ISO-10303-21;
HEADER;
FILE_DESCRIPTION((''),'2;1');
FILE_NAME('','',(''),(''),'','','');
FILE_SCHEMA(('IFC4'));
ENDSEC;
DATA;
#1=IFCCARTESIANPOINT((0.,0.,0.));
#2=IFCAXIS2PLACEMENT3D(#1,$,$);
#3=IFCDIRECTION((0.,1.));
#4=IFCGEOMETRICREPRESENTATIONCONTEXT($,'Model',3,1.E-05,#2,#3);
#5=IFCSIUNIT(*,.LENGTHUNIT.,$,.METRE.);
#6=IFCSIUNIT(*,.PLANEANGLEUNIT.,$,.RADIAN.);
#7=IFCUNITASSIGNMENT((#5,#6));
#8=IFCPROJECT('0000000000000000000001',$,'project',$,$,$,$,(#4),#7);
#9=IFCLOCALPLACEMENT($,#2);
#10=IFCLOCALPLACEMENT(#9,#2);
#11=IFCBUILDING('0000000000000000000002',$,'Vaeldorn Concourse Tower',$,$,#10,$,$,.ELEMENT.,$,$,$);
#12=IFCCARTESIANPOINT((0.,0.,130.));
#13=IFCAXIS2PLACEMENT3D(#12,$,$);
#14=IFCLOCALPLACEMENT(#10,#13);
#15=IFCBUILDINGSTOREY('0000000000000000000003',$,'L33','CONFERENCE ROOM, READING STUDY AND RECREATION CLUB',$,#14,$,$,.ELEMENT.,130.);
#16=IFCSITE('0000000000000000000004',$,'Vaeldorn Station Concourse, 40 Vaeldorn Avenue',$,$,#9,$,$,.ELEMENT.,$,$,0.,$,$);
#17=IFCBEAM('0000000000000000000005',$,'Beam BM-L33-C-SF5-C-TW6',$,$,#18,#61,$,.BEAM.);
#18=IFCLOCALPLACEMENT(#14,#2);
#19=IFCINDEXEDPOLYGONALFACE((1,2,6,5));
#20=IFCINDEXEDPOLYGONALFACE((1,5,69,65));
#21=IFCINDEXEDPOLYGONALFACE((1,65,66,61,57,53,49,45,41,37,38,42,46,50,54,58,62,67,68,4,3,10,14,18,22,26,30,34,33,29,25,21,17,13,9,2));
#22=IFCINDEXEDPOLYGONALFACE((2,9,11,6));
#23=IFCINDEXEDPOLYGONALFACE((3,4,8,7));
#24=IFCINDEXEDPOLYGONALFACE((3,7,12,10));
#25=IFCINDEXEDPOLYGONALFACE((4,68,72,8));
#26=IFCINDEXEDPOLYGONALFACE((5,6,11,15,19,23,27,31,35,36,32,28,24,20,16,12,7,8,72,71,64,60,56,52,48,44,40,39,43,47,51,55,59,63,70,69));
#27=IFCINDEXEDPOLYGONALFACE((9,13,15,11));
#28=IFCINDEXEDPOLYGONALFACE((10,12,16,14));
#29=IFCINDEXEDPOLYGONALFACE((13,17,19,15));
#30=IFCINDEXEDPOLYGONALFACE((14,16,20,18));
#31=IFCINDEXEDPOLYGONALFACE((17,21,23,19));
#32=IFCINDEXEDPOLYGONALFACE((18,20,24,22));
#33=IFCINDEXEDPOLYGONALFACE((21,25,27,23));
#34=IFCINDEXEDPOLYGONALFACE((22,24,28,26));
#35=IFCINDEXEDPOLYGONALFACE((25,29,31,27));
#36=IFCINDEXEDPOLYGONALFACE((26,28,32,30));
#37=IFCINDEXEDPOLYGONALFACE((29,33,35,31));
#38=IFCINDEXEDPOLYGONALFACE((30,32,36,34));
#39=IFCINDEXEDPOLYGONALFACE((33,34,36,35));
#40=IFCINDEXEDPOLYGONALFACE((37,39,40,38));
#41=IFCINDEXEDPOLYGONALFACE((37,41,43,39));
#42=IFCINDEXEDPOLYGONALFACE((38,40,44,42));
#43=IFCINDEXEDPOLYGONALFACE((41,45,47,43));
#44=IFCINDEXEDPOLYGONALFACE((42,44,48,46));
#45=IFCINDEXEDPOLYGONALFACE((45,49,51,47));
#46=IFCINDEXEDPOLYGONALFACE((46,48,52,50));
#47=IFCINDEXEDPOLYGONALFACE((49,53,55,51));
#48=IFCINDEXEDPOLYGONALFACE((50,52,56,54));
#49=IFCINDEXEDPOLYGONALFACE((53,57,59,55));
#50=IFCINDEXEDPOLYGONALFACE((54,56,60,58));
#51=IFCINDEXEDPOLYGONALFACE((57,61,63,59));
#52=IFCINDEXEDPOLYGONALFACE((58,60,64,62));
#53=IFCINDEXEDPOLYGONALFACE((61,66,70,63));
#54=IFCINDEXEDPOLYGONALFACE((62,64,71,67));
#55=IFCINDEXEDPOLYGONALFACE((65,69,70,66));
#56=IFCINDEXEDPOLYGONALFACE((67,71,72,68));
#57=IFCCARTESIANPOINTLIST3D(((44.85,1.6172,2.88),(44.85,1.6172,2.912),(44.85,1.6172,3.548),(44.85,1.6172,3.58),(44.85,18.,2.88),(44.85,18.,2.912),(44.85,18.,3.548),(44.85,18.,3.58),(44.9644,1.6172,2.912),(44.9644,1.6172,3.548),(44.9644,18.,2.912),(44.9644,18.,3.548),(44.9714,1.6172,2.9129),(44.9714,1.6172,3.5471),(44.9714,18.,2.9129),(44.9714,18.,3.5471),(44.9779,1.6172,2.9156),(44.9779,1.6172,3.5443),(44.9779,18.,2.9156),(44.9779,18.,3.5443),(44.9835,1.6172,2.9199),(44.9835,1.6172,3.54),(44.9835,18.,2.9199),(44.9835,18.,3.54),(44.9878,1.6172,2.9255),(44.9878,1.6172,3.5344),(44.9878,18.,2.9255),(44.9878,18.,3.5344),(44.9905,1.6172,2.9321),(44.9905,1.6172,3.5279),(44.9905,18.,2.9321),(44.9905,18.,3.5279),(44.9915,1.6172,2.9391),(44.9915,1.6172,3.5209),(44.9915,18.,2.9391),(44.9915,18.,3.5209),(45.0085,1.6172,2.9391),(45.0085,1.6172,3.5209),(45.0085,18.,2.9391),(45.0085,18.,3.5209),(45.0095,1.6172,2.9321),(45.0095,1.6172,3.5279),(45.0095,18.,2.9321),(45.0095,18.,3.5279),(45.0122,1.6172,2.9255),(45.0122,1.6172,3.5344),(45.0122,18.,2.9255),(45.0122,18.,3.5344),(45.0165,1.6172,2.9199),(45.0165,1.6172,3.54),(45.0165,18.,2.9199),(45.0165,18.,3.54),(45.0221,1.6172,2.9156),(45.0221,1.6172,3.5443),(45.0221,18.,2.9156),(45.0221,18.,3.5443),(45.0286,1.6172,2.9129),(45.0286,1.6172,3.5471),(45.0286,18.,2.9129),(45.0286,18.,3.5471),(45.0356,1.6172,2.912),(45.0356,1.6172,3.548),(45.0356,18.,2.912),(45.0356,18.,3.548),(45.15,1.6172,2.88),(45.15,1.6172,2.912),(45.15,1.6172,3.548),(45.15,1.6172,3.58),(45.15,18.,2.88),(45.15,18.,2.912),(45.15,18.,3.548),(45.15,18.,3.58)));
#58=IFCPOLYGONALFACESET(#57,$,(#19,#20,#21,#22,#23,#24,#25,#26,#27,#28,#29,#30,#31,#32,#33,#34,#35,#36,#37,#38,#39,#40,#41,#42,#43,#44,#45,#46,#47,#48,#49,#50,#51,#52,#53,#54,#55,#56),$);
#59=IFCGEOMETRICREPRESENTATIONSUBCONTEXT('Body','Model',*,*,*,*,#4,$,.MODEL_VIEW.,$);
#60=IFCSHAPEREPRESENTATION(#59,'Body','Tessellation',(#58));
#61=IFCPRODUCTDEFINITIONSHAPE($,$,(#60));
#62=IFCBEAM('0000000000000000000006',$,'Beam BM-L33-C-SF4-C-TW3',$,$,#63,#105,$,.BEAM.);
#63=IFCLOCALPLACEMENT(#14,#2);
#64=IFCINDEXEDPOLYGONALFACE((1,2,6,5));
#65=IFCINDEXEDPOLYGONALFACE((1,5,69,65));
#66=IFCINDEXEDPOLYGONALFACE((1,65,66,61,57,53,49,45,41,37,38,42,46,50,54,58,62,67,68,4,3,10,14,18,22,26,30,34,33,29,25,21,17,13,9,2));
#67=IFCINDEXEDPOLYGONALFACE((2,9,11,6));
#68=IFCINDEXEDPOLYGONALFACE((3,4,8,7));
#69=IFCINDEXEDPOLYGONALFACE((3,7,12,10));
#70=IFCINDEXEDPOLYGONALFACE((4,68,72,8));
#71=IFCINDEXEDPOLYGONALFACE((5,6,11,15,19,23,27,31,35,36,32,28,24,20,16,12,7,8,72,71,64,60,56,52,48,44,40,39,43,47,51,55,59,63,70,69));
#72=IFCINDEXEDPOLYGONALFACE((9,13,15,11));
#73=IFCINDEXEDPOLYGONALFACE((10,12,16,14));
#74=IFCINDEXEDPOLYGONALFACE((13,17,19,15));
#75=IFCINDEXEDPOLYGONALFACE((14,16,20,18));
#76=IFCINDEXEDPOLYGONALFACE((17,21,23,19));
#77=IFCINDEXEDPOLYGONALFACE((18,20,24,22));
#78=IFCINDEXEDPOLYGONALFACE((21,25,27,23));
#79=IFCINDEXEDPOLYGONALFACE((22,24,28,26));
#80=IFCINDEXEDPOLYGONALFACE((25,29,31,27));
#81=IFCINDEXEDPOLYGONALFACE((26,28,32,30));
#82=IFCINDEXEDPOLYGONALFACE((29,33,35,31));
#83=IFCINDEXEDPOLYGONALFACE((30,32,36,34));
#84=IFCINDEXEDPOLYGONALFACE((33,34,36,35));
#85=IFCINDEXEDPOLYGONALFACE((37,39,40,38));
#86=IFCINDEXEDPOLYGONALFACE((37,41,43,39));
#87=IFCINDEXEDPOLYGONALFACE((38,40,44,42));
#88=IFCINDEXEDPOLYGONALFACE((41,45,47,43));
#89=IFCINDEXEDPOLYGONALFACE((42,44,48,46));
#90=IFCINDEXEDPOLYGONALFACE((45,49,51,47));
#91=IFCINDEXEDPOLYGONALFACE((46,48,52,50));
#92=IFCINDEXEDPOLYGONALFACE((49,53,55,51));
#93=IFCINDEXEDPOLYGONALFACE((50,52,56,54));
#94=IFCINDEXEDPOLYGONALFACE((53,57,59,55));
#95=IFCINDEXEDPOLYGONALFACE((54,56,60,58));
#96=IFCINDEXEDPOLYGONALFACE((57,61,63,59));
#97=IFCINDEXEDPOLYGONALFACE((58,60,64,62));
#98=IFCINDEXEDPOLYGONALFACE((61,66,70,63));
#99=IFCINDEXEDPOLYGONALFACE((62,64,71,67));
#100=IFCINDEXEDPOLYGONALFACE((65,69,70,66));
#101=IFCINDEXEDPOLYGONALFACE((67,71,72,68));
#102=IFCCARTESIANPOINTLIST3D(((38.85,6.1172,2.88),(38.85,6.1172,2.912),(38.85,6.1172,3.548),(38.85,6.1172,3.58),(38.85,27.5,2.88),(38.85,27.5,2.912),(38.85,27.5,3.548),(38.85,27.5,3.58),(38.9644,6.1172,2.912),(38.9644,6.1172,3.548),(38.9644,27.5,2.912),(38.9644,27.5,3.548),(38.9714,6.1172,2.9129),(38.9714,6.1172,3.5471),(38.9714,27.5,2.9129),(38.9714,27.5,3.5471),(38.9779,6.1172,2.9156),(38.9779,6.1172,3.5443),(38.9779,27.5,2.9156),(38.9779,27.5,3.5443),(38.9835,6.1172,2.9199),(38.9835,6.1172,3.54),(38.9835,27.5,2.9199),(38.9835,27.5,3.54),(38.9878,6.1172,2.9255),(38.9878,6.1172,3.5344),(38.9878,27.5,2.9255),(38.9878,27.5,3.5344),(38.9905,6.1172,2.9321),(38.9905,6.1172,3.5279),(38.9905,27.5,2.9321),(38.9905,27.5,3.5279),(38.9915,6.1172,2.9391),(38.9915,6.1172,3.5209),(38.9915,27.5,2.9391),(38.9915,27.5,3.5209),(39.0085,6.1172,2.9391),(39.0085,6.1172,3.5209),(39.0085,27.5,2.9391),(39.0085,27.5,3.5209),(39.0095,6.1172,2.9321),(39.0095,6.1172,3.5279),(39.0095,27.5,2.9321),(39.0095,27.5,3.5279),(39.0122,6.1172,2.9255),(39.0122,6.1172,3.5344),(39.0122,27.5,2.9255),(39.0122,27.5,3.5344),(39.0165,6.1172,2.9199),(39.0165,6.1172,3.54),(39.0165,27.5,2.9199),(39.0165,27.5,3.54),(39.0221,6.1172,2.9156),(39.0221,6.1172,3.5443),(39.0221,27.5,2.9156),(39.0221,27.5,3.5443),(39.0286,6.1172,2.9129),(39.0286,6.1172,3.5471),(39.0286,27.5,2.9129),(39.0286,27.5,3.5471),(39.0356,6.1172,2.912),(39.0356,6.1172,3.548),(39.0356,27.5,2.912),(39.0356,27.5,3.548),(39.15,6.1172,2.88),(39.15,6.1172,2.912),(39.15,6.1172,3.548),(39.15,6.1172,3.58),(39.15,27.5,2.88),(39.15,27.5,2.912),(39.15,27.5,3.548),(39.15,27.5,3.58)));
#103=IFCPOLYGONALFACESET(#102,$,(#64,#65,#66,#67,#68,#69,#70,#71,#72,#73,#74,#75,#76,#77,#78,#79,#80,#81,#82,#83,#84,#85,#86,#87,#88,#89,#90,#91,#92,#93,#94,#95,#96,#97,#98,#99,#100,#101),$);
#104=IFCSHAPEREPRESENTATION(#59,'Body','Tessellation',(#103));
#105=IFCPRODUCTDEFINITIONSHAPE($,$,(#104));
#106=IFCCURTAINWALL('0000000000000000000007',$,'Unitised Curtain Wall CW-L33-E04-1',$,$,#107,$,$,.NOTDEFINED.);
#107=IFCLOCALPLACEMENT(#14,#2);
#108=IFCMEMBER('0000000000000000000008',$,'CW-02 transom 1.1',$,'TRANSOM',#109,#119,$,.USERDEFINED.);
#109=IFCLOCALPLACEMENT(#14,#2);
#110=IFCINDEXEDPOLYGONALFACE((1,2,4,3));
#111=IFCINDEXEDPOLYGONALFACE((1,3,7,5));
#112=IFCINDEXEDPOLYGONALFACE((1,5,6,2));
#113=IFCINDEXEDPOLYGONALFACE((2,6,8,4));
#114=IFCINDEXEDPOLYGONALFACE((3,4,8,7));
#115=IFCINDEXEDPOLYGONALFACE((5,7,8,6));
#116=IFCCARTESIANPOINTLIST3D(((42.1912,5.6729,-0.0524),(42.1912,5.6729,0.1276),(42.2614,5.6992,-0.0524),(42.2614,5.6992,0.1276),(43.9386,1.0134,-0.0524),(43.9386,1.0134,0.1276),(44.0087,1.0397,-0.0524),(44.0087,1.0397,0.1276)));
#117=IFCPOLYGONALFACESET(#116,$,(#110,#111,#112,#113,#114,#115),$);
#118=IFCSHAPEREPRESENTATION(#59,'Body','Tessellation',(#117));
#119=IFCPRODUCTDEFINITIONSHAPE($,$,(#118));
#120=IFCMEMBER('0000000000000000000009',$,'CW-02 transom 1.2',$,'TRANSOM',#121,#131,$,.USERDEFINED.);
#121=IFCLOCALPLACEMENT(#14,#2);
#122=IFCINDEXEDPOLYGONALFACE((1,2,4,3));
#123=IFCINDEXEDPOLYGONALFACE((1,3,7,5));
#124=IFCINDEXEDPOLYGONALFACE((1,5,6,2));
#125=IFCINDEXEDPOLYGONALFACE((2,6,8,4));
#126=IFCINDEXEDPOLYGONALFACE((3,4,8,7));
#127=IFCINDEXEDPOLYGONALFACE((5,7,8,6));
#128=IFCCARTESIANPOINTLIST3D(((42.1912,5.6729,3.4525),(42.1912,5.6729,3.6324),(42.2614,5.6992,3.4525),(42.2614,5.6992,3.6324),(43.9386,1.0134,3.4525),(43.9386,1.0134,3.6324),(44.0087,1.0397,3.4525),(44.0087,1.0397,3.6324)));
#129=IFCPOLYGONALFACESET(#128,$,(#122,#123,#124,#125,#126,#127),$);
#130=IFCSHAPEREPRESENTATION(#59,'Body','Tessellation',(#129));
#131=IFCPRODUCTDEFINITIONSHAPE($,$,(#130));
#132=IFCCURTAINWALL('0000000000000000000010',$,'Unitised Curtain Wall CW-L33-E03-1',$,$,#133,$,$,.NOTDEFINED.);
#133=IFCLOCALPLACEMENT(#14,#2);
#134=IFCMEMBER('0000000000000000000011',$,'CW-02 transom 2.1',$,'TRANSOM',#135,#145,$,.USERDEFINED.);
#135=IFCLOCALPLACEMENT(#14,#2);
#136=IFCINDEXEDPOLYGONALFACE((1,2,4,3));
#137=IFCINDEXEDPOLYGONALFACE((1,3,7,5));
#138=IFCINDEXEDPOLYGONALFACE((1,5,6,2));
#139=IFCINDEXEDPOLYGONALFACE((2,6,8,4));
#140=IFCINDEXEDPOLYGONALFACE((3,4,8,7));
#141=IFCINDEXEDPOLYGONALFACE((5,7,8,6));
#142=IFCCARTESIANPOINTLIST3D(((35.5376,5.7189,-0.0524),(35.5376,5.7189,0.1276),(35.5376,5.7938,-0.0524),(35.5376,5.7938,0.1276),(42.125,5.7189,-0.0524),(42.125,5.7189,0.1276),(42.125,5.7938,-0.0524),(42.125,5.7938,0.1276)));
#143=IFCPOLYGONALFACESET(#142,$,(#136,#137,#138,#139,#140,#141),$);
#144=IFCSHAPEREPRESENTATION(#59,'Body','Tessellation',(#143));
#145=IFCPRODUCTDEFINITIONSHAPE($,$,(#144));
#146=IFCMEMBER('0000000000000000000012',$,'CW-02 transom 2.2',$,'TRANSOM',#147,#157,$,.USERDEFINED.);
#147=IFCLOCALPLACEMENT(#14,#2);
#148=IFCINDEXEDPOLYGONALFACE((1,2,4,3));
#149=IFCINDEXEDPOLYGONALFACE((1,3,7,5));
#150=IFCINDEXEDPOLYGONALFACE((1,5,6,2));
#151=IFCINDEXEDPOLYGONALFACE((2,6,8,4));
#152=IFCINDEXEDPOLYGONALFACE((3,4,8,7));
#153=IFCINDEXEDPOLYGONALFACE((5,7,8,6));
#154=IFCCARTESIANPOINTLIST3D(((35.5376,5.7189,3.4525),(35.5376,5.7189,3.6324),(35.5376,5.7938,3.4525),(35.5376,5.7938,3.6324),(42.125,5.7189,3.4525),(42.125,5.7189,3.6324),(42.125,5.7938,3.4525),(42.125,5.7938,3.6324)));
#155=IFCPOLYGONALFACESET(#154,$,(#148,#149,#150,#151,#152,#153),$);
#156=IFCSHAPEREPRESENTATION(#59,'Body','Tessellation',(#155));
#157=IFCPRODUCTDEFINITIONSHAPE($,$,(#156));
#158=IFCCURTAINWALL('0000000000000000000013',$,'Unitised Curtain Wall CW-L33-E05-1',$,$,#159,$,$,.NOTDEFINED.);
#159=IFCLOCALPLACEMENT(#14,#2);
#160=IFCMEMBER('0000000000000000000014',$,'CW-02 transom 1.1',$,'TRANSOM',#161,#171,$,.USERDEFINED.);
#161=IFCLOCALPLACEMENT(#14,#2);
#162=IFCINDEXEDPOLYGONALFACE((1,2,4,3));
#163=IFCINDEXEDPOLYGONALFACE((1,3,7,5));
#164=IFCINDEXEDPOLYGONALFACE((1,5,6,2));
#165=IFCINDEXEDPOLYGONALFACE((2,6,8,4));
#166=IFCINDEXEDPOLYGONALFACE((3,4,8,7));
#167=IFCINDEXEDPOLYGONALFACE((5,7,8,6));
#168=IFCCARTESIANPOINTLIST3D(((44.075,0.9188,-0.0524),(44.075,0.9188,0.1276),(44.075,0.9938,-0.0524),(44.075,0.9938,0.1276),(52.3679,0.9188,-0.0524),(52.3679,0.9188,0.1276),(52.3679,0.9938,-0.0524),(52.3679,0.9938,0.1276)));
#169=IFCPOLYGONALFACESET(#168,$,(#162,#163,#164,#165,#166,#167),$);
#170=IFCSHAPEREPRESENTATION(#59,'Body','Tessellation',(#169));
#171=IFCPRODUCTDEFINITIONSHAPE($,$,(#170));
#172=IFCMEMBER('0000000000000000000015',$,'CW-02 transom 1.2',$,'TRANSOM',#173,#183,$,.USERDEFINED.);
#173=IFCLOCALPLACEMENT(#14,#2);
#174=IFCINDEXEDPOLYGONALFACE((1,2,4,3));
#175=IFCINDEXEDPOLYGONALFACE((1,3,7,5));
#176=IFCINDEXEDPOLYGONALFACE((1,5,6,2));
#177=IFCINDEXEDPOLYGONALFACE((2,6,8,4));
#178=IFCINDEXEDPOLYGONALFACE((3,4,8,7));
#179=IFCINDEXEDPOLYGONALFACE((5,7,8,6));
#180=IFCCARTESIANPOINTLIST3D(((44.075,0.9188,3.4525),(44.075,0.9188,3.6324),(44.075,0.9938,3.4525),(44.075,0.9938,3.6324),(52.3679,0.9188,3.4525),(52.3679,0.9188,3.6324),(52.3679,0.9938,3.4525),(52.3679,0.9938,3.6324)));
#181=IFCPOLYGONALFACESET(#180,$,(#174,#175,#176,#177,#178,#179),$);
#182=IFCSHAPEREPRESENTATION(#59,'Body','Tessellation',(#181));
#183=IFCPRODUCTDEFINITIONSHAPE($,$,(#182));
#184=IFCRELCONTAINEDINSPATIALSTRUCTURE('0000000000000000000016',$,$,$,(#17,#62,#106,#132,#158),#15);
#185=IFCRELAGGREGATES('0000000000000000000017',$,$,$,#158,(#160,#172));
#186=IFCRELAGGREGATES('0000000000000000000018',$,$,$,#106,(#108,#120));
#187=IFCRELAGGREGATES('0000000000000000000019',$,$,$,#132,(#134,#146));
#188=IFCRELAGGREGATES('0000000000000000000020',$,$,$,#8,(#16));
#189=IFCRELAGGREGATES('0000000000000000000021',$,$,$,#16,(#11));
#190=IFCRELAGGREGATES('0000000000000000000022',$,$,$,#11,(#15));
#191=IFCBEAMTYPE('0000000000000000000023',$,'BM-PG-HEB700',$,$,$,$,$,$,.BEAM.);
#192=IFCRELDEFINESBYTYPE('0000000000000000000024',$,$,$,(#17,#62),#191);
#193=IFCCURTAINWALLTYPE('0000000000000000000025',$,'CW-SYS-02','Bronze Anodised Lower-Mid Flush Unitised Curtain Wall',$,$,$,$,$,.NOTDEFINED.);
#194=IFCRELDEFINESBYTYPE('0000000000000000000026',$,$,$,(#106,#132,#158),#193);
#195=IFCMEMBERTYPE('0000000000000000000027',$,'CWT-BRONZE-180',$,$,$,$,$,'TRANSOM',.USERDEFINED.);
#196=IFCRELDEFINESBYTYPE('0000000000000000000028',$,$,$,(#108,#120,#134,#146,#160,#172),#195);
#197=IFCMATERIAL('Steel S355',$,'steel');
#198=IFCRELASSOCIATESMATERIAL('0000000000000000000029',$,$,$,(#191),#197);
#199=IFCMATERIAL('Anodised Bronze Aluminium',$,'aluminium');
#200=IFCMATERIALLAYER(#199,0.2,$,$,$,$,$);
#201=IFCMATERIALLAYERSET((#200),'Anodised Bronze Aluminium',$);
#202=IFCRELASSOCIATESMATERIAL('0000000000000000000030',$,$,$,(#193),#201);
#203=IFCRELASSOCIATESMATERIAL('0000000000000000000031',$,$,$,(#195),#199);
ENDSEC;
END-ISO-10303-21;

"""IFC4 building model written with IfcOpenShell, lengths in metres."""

from ifc_helpers import new_model, si_unit, direction, frame, origin, origin_2d, place, context, subcontext, project, spatial, rectangle, i_section, extrude, source, transform, mapped, material, layer, layer_set, material_profile, profile_set, type_object, element, aggregate, save


model = new_model("IFC4")

# Units and contexts
model_context = context("Model", 3, precision=1e-05, world=origin(), true_north=direction((0.0, 1.0)))
body_context = subcontext(model_context, "Body", "Model", "MODEL_VIEW")
ifc_project = project(units=[si_unit("LENGTHUNIT", "METRE"), si_unit("PLANEANGLEUNIT", "RADIAN")], contexts=[model_context])

# Site, building, storey
site_placement = place(None, origin())
site = spatial("IfcSite", under=ifc_project, at=site_placement, Name="Vaeldorn Station Concourse, 40 Vaeldorn Avenue", CompositionType="ELEMENT", RefElevation=0.0)
building_placement = place(site_placement, origin())
building = spatial("IfcBuilding", under=site, at=building_placement, Name="Vaeldorn Concourse Tower", CompositionType="ELEMENT")
storey_placement = place(building_placement, frame((0.0, 0.0, 130.0)))
storey = spatial("IfcBuildingStorey", under=building, at=storey_placement, Name="L33", Description="CONFERENCE ROOM, READING STUDY AND RECREATION CLUB", CompositionType="ELEMENT", Elevation=130.0)

# Beams
ifc_material_1 = material(Name="Steel S355", Category="steel")
ifc_material_profile_1 = material_profile(ifc_material_1, i_section(OverallWidth=0.3, OverallDepth=0.7, WebThickness=0.0171, FlangeThickness=0.032, FilletRadius=0.0271, at=origin_2d()), Name="HEB 700")
ifc_profile_set_1 = profile_set([ifc_material_profile_1], Name="Steel S355")
beam_type_1 = type_object("IfcBeamType", Name="BM-PG-HEB700", PredefinedType="BEAM", material=ifc_profile_set_1)
shared_shape_1 = source(origin(), body_context, "Body", "SweptSolid", [
    extrude(i_section(OverallWidth=0.3, OverallDepth=0.7, WebThickness=0.0171, FlangeThickness=0.032, FilletRadius=0.0271, at=origin_2d()), origin(), (0.0, 0.0, 1.0), 16.3828),
])
beam_1_placement = place(storey_placement, frame((45.0, 1.6172, 3.23), z_axis=(0.0, 1.0, 0.0), x_axis=(-1.0, 0.0, 0.0)))
element("IfcBeam", 1, at=beam_1_placement, inside=storey, type_object=beam_type_1, Name="Beam BM-L33-C-SF5-C-TW6", PredefinedType="BEAM", context=body_context, shape_type="MappedRepresentation", body=[
    mapped(shared_shape_1, transform((0.0, 0.0, 0.0), scale=1.0)),
])
shared_shape_2 = source(origin(), body_context, "Body", "SweptSolid", [
    extrude(i_section(OverallWidth=0.3, OverallDepth=0.7, WebThickness=0.0171, FlangeThickness=0.032, FilletRadius=0.0271, at=origin_2d()), origin(), (0.0, 0.0, 1.0), 21.3828),
])
beam_2_placement = place(storey_placement, frame((39.0, 6.1172, 3.23), z_axis=(0.0, 1.0, 0.0), x_axis=(-1.0, 0.0, 0.0)))
element("IfcBeam", 2, at=beam_2_placement, inside=storey, type_object=beam_type_1, Name="Beam BM-L33-C-SF4-C-TW3", PredefinedType="BEAM", context=body_context, shape_type="MappedRepresentation", body=[
    mapped(shared_shape_2, transform((0.0, 0.0, 0.0), scale=1.0)),
])

# Curtain walls, members
ifc_material_2 = material(Name="Anodised Bronze Aluminium", Category="aluminium")
ifc_layer_1 = layer(ifc_material_2, 0.2)
ifc_layer_set_1 = layer_set([ifc_layer_1], Name="Anodised Bronze Aluminium")
curtain_wall_type = type_object("IfcCurtainWallType", Name="CW-SYS-02", Description="Bronze Anodised Lower-Mid Flush Unitised Curtain Wall", PredefinedType="NOTDEFINED", material=ifc_layer_set_1)
curtain_wall_1_placement = place(storey_placement, origin())
curtain_wall_1 = element("IfcCurtainWall", 3, at=curtain_wall_1_placement, inside=storey, type_object=curtain_wall_type, Name="Unitised Curtain Wall CW-L33-E04-1", PredefinedType="NOTDEFINED")
ifc_material_profile_2 = material_profile(ifc_material_2, rectangle(XDim=0.075, YDim=0.1799, at=origin_2d()), Name="CWT 75x180")
ifc_profile_set_2 = profile_set([ifc_material_profile_2], Name="Anodised Bronze Aluminium")
member_type_1 = type_object("IfcMemberType", Name="CWT-BRONZE-180", ElementType="TRANSOM", PredefinedType="USERDEFINED", material=ifc_profile_set_2)
shared_shape_3 = source(origin(), body_context, "Body", "SweptSolid", [
    extrude(rectangle(XDim=0.075, YDim=0.1799, at=origin_2d()), origin(), (0.0, 0.0, 1.0), 4.9763),
])
member_1_placement = place(storey_placement, frame((42.2263, 5.686, 0.0376), z_axis=(0.351129, -0.936327, 0.0), x_axis=(0.936327, 0.351129, 0.0)))
member_1 = element("IfcMember", 4, at=member_1_placement, type_object=member_type_1, Name="CW-02 transom 1.1", ObjectType="TRANSOM", PredefinedType="USERDEFINED", context=body_context, shape_type="MappedRepresentation", body=[
    mapped(shared_shape_3, transform((0.0, 0.0, 0.0), scale=1.0)),
])
member_2_placement = place(storey_placement, frame((42.2263, 5.686, 3.5425), z_axis=(0.351129, -0.936327, 0.0), x_axis=(0.936327, 0.351129, 0.0)))
member_2 = element("IfcMember", 5, at=member_2_placement, type_object=member_type_1, Name="CW-02 transom 1.2", ObjectType="TRANSOM", PredefinedType="USERDEFINED", context=body_context, shape_type="MappedRepresentation", body=[
    mapped(shared_shape_3, transform((0.0, 0.0, 0.0), scale=1.0)),
])
curtain_wall_2_placement = place(storey_placement, origin())
curtain_wall_2 = element("IfcCurtainWall", 6, at=curtain_wall_2_placement, inside=storey, type_object=curtain_wall_type, Name="Unitised Curtain Wall CW-L33-E03-1", PredefinedType="NOTDEFINED")
shared_shape_4 = source(origin(), body_context, "Body", "SweptSolid", [
    extrude(rectangle(XDim=0.075, YDim=0.1799, at=origin_2d()), origin(), (0.0, 0.0, 1.0), 6.5874),
])
member_3_placement = place(storey_placement, frame((35.5376, 5.7563, 0.0376), z_axis=(1.0, 0.0, 0.0), x_axis=(0.0, 1.0, 0.0)))
member_3 = element("IfcMember", 7, at=member_3_placement, type_object=member_type_1, Name="CW-02 transom 2.1", ObjectType="TRANSOM", PredefinedType="USERDEFINED", context=body_context, shape_type="MappedRepresentation", body=[
    mapped(shared_shape_4, transform((0.0, 0.0, 0.0), scale=1.0)),
])
member_4_placement = place(storey_placement, frame((35.5376, 5.7563, 3.5425), z_axis=(1.0, 0.0, 0.0), x_axis=(0.0, 1.0, 0.0)))
member_4 = element("IfcMember", 8, at=member_4_placement, type_object=member_type_1, Name="CW-02 transom 2.2", ObjectType="TRANSOM", PredefinedType="USERDEFINED", context=body_context, shape_type="MappedRepresentation", body=[
    mapped(shared_shape_4, transform((0.0, 0.0, 0.0), scale=1.0)),
])
curtain_wall_3_placement = place(storey_placement, origin())
curtain_wall_3 = element("IfcCurtainWall", 9, at=curtain_wall_3_placement, inside=storey, type_object=curtain_wall_type, Name="Unitised Curtain Wall CW-L33-E05-1", PredefinedType="NOTDEFINED")
shared_shape_5 = source(origin(), body_context, "Body", "SweptSolid", [
    extrude(rectangle(XDim=0.075, YDim=0.1799, at=origin_2d()), origin(), (0.0, 0.0, 1.0), 8.293),
])
member_5_placement = place(storey_placement, frame((44.075, 0.9563, 0.0376), z_axis=(1.0, 0.0, 0.0), x_axis=(0.0, 1.0, 0.0)))
member_5 = element("IfcMember", 10, at=member_5_placement, type_object=member_type_1, Name="CW-02 transom 1.1", ObjectType="TRANSOM", PredefinedType="USERDEFINED", context=body_context, shape_type="MappedRepresentation", body=[
    mapped(shared_shape_5, transform((0.0, 0.0, 0.0), scale=1.0)),
])
member_6_placement = place(storey_placement, frame((44.075, 0.9563, 3.5425), z_axis=(1.0, 0.0, 0.0), x_axis=(0.0, 1.0, 0.0)))
member_6 = element("IfcMember", 11, at=member_6_placement, type_object=member_type_1, Name="CW-02 transom 1.2", ObjectType="TRANSOM", PredefinedType="USERDEFINED", context=body_context, shape_type="MappedRepresentation", body=[
    mapped(shared_shape_5, transform((0.0, 0.0, 0.0), scale=1.0)),
])

aggregate(curtain_wall_3, [member_5, member_6])

aggregate(curtain_wall_1, [member_1, member_2])
aggregate(curtain_wall_2, [member_3, member_4])

save(model, "model.ifc")
